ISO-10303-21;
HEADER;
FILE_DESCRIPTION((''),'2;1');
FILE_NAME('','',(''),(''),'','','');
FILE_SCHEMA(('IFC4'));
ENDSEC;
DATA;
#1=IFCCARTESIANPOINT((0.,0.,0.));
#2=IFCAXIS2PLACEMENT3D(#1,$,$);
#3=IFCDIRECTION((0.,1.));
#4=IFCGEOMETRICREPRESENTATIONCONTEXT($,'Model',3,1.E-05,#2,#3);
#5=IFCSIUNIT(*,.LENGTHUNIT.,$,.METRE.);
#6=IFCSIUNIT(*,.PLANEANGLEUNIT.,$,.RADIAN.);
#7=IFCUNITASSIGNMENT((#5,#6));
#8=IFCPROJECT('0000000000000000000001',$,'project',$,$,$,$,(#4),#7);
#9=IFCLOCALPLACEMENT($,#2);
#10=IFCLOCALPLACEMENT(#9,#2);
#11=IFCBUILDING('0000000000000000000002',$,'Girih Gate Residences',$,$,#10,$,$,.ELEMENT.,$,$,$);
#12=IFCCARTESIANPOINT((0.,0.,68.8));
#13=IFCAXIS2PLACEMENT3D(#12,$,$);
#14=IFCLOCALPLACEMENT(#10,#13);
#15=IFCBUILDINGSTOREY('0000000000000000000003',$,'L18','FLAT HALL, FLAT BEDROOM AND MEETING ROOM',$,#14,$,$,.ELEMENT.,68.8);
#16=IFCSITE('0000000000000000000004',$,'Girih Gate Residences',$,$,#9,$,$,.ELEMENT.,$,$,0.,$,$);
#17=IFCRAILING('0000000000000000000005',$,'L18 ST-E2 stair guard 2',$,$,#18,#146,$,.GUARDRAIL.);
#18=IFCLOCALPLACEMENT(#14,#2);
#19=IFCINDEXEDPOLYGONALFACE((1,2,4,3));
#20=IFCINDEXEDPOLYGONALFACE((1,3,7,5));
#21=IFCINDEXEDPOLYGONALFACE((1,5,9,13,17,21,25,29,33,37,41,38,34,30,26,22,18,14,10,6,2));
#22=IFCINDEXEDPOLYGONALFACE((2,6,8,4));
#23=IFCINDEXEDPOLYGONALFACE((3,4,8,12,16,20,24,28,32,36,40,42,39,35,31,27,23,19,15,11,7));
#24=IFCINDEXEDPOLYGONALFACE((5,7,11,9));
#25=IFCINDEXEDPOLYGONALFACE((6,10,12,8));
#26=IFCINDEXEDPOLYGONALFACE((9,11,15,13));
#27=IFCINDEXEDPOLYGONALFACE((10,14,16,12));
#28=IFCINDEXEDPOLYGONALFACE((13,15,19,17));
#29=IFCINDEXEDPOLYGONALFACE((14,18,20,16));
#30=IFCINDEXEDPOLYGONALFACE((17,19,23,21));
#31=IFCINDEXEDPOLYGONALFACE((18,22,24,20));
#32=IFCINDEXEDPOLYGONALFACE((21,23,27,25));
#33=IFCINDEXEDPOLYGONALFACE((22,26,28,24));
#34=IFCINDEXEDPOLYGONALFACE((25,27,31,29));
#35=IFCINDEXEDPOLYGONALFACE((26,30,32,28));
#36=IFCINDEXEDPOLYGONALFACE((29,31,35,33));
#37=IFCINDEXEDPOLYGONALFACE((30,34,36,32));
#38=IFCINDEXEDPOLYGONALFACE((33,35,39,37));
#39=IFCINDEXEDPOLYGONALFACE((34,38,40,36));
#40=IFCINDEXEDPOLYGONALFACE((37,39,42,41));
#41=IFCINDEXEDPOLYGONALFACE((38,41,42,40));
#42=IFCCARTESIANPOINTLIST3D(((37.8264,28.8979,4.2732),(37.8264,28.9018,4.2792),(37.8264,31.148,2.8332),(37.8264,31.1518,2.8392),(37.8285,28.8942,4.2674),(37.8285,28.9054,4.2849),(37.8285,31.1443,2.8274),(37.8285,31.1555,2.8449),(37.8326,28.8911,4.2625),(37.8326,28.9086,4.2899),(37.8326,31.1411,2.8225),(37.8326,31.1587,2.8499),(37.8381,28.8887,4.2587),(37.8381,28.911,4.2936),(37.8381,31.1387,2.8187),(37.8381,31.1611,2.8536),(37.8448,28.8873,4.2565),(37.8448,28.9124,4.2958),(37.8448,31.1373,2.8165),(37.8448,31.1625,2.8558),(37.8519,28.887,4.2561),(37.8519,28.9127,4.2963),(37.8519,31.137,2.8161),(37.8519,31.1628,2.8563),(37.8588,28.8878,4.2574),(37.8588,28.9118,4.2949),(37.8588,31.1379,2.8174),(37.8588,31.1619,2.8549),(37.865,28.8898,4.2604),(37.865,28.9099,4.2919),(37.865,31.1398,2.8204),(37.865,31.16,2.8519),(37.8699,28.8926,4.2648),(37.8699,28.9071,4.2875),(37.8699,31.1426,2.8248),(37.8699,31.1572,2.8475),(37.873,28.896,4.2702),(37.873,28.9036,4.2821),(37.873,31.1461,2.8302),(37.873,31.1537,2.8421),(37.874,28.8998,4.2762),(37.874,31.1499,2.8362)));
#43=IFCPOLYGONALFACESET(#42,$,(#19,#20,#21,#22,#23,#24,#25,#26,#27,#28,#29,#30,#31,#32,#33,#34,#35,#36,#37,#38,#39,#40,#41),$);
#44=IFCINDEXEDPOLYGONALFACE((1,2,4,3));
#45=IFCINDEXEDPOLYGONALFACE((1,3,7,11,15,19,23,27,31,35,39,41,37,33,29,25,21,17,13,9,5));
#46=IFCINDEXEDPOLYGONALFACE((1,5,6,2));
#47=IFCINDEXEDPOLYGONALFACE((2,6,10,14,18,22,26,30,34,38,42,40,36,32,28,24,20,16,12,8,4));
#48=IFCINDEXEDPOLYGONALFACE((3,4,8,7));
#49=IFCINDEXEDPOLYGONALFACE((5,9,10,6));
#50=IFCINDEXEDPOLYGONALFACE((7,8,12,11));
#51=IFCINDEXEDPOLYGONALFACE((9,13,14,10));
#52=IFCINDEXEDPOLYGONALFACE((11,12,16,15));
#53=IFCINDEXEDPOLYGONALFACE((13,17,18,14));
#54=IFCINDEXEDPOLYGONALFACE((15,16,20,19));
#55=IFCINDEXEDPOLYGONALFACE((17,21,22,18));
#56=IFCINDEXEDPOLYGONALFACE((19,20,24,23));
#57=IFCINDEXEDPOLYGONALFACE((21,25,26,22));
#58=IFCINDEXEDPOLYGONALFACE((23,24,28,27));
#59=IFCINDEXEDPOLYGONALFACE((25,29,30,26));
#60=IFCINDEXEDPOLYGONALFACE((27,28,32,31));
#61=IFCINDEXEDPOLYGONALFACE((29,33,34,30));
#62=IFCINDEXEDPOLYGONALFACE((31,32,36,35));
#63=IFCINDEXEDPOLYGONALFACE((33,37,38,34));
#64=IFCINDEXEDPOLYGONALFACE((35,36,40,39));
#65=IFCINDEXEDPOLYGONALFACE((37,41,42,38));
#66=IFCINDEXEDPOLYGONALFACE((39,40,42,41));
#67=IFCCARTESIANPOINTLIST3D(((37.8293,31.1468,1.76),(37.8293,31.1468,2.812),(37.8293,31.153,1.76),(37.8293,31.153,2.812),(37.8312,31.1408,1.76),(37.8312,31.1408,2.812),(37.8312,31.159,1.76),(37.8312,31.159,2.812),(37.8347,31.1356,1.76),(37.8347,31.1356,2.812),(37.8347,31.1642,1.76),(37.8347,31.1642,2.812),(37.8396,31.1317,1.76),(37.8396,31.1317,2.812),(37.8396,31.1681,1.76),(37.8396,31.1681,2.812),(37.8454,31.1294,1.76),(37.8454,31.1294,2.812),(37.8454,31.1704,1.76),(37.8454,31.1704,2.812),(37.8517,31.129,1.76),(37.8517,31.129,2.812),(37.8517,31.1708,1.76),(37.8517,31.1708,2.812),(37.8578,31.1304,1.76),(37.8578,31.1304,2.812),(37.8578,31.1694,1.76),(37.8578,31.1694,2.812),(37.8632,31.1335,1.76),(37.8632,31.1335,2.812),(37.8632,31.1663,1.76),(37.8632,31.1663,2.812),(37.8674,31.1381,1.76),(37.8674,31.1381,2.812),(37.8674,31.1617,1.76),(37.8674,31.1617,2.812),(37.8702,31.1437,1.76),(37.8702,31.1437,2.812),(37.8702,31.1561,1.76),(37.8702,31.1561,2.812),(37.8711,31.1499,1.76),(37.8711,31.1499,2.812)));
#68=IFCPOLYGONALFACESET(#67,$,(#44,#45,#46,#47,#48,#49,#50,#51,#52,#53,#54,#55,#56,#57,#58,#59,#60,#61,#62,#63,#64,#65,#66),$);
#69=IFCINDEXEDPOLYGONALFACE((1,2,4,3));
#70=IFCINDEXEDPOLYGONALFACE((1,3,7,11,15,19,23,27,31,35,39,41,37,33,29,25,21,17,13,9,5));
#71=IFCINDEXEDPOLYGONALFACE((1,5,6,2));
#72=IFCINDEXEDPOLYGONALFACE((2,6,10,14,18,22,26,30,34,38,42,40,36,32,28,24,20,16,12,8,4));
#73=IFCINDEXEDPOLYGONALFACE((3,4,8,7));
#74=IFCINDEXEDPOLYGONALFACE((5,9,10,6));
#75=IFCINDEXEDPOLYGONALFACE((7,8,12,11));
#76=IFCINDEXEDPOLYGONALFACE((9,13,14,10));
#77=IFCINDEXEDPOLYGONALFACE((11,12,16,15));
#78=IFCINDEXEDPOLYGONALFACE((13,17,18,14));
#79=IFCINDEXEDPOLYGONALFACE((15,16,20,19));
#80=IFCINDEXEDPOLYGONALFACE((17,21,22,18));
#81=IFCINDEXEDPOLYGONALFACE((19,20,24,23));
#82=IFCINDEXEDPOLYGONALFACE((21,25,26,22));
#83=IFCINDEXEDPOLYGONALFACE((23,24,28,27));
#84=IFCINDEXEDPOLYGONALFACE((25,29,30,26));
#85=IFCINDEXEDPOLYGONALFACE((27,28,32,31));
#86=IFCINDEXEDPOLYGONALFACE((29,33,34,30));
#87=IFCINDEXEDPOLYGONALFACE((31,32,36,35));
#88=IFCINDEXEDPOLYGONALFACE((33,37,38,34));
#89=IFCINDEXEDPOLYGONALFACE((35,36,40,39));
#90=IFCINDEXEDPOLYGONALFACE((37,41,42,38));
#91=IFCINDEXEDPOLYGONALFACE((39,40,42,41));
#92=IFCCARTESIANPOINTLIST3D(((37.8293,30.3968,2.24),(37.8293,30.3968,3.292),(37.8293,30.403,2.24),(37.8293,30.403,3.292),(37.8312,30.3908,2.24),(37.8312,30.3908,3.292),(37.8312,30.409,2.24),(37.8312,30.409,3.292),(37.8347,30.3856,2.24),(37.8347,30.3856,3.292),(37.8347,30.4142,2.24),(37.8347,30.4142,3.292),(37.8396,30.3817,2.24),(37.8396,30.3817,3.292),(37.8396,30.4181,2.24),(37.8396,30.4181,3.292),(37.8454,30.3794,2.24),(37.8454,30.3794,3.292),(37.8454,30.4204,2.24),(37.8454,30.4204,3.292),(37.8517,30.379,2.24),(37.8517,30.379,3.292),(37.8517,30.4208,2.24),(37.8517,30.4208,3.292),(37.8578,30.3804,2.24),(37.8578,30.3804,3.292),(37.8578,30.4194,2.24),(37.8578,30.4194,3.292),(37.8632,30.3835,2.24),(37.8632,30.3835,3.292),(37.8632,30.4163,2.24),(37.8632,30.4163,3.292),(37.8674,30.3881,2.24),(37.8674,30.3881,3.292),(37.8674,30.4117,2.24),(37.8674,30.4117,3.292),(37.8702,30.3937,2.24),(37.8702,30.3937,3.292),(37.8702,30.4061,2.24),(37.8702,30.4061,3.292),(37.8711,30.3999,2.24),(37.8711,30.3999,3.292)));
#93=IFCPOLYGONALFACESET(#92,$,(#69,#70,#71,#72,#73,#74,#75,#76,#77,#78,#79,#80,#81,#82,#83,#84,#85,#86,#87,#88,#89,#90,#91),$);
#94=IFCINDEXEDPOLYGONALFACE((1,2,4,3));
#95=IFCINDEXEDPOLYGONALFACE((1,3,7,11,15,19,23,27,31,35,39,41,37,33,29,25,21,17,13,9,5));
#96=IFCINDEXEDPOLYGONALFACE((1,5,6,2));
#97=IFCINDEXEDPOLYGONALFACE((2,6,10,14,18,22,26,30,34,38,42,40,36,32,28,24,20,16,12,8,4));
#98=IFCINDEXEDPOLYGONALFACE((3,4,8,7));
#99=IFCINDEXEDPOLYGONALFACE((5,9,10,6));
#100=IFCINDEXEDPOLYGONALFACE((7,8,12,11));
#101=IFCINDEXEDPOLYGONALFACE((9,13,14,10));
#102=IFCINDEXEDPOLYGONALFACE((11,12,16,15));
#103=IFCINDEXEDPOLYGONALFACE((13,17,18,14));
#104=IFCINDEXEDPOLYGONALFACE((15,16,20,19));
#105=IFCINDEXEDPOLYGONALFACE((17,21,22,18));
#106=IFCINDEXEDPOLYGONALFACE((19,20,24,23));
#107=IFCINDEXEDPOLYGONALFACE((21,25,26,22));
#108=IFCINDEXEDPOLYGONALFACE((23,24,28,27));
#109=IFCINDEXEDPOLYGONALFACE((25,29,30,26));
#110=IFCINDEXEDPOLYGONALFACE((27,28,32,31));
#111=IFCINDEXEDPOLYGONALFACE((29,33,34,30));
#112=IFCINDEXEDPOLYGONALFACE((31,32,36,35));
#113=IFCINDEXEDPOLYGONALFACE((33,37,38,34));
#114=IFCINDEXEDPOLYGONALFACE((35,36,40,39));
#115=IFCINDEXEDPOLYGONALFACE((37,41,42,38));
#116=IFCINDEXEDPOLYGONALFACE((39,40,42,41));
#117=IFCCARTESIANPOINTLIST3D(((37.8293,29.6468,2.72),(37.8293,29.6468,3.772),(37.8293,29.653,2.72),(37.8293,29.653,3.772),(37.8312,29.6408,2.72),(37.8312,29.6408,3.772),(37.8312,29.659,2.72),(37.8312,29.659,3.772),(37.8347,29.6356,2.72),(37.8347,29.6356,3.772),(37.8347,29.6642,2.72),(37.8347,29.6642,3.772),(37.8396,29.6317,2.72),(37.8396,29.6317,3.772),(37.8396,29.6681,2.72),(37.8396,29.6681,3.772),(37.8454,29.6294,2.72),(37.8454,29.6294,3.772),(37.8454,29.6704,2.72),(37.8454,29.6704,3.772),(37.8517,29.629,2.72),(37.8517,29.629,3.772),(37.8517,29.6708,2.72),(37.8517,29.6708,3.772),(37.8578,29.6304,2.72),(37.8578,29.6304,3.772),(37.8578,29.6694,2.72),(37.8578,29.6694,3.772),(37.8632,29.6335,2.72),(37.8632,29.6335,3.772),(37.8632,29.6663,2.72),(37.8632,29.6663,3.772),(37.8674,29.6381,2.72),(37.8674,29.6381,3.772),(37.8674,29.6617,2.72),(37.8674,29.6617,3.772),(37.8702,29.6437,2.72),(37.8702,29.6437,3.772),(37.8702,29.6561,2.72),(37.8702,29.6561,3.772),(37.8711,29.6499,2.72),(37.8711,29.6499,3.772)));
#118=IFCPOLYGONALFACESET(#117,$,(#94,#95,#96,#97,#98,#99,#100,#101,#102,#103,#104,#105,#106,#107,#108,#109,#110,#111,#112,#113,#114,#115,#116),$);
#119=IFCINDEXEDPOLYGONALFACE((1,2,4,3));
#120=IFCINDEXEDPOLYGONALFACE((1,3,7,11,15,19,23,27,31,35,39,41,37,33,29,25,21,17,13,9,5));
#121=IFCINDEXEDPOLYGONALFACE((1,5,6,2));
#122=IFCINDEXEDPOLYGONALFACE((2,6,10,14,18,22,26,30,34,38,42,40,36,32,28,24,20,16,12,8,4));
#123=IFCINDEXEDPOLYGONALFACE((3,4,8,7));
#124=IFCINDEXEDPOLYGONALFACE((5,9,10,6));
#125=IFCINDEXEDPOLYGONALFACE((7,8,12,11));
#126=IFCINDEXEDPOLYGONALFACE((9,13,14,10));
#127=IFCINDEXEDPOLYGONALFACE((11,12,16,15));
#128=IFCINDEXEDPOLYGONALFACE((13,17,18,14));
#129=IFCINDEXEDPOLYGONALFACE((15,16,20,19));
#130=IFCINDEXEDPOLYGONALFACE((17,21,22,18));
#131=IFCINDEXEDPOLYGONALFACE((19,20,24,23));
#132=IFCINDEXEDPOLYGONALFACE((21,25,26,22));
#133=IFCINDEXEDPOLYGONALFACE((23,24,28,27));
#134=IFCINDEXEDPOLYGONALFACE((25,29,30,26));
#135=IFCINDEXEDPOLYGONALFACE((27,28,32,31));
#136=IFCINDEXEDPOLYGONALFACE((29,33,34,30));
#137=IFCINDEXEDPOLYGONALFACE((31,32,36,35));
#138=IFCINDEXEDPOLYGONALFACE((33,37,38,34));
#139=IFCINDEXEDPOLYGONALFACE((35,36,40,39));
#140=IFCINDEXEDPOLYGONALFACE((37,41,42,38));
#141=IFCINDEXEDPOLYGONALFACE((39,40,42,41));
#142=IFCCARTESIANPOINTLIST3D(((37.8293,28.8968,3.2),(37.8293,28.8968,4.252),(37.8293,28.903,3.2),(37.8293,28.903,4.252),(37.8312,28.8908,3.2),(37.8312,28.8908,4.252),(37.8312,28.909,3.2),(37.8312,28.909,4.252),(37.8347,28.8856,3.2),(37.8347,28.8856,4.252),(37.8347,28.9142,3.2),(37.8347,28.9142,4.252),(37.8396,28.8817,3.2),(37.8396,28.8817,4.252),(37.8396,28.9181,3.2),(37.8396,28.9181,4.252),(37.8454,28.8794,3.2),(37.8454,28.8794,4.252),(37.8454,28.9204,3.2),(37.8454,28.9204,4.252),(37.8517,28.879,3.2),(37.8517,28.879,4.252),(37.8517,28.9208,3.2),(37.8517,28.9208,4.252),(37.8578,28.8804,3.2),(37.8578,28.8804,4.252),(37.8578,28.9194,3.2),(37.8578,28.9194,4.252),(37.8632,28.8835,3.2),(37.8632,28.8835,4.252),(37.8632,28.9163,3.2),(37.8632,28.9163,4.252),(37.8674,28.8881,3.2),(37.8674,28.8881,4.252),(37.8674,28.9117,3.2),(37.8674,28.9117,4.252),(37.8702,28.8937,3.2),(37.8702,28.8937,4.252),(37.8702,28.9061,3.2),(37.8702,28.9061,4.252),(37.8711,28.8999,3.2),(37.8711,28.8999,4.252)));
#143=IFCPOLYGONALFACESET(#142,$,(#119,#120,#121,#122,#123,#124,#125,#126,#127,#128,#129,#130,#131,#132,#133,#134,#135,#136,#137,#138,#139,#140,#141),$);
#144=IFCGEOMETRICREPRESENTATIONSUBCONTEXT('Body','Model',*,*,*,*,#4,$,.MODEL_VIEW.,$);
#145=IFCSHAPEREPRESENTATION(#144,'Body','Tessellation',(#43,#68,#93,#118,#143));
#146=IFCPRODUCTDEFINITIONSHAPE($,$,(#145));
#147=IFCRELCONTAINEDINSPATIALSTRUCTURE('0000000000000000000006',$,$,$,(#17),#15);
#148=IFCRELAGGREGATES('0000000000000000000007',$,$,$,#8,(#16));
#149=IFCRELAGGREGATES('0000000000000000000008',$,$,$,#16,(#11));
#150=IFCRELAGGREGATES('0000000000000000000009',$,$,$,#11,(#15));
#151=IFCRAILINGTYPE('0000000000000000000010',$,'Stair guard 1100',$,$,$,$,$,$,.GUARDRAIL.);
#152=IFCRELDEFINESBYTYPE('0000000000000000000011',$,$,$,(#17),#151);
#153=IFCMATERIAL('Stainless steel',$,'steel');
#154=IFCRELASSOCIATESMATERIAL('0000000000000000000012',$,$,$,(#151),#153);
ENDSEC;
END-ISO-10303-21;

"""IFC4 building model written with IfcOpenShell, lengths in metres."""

from ifc_helpers import new_model, si_unit, direction, frame, origin, origin_2d, place, context, subcontext, project, spatial, circle, extrude, material, type_object, element, save


model = new_model("IFC4")

# Units and contexts
model_context = context("Model", 3, precision=1e-05, world=origin(), true_north=direction((0.0, 1.0)))
body_context = subcontext(model_context, "Body", "Model", "MODEL_VIEW")
ifc_project = project(units=[si_unit("LENGTHUNIT", "METRE"), si_unit("PLANEANGLEUNIT", "RADIAN")], contexts=[model_context])

# Site, building, storey
site_placement = place(None, origin())
site = spatial("IfcSite", under=ifc_project, at=site_placement, Name="Girih Gate Residences", CompositionType="ELEMENT", RefElevation=0.0)
building_placement = place(site_placement, origin())
building = spatial("IfcBuilding", under=site, at=building_placement, Name="Girih Gate Residences", CompositionType="ELEMENT")
storey_placement = place(building_placement, frame((0.0, 0.0, 68.8)))
storey = spatial("IfcBuildingStorey", under=building, at=storey_placement, Name="L18", Description="FLAT HALL, FLAT BEDROOM AND MEETING ROOM", CompositionType="ELEMENT", Elevation=68.8)

# Railing
ifc_material_1 = material(Name="Stainless steel", Category="steel")
railing_type_1 = type_object("IfcRailingType", Name="Stair guard 1100", PredefinedType="GUARDRAIL", material=ifc_material_1)
railing_1_placement = place(storey_placement, frame((37.8501, 31.1499, 1.76)))
element("IfcRailing", 1, at=railing_1_placement, inside=storey, type_object=railing_type_1, Name="L18 ST-E2 stair guard 2", PredefinedType="GUARDRAIL", context=body_context, shape_type="SweptSolid", body=[
    extrude(circle(Radius=0.0239, at=origin_2d()), frame((0.0, 0.0, 1.0762), z_axis=(0.0, -0.842281, 0.539038), x_axis=(1.0, 0.0, 0.0)), (0.0, 0.0, 1.0), 2.6714),
    extrude(circle(Radius=0.021, at=origin_2d()), origin(), (0.0, 0.0, 1.0), 1.052),
    extrude(circle(Radius=0.021, at=origin_2d()), frame((0.0, -0.75, 0.48)), (0.0, 0.0, 1.0), 1.052),
    extrude(circle(Radius=0.021, at=origin_2d()), frame((0.0, -1.5, 0.96)), (0.0, 0.0, 1.0), 1.052),
    extrude(circle(Radius=0.021, at=origin_2d()), frame((0.0, -2.25, 1.4399)), (0.0, 0.0, 1.0), 1.052),
])

save(model, "model.ifc")
